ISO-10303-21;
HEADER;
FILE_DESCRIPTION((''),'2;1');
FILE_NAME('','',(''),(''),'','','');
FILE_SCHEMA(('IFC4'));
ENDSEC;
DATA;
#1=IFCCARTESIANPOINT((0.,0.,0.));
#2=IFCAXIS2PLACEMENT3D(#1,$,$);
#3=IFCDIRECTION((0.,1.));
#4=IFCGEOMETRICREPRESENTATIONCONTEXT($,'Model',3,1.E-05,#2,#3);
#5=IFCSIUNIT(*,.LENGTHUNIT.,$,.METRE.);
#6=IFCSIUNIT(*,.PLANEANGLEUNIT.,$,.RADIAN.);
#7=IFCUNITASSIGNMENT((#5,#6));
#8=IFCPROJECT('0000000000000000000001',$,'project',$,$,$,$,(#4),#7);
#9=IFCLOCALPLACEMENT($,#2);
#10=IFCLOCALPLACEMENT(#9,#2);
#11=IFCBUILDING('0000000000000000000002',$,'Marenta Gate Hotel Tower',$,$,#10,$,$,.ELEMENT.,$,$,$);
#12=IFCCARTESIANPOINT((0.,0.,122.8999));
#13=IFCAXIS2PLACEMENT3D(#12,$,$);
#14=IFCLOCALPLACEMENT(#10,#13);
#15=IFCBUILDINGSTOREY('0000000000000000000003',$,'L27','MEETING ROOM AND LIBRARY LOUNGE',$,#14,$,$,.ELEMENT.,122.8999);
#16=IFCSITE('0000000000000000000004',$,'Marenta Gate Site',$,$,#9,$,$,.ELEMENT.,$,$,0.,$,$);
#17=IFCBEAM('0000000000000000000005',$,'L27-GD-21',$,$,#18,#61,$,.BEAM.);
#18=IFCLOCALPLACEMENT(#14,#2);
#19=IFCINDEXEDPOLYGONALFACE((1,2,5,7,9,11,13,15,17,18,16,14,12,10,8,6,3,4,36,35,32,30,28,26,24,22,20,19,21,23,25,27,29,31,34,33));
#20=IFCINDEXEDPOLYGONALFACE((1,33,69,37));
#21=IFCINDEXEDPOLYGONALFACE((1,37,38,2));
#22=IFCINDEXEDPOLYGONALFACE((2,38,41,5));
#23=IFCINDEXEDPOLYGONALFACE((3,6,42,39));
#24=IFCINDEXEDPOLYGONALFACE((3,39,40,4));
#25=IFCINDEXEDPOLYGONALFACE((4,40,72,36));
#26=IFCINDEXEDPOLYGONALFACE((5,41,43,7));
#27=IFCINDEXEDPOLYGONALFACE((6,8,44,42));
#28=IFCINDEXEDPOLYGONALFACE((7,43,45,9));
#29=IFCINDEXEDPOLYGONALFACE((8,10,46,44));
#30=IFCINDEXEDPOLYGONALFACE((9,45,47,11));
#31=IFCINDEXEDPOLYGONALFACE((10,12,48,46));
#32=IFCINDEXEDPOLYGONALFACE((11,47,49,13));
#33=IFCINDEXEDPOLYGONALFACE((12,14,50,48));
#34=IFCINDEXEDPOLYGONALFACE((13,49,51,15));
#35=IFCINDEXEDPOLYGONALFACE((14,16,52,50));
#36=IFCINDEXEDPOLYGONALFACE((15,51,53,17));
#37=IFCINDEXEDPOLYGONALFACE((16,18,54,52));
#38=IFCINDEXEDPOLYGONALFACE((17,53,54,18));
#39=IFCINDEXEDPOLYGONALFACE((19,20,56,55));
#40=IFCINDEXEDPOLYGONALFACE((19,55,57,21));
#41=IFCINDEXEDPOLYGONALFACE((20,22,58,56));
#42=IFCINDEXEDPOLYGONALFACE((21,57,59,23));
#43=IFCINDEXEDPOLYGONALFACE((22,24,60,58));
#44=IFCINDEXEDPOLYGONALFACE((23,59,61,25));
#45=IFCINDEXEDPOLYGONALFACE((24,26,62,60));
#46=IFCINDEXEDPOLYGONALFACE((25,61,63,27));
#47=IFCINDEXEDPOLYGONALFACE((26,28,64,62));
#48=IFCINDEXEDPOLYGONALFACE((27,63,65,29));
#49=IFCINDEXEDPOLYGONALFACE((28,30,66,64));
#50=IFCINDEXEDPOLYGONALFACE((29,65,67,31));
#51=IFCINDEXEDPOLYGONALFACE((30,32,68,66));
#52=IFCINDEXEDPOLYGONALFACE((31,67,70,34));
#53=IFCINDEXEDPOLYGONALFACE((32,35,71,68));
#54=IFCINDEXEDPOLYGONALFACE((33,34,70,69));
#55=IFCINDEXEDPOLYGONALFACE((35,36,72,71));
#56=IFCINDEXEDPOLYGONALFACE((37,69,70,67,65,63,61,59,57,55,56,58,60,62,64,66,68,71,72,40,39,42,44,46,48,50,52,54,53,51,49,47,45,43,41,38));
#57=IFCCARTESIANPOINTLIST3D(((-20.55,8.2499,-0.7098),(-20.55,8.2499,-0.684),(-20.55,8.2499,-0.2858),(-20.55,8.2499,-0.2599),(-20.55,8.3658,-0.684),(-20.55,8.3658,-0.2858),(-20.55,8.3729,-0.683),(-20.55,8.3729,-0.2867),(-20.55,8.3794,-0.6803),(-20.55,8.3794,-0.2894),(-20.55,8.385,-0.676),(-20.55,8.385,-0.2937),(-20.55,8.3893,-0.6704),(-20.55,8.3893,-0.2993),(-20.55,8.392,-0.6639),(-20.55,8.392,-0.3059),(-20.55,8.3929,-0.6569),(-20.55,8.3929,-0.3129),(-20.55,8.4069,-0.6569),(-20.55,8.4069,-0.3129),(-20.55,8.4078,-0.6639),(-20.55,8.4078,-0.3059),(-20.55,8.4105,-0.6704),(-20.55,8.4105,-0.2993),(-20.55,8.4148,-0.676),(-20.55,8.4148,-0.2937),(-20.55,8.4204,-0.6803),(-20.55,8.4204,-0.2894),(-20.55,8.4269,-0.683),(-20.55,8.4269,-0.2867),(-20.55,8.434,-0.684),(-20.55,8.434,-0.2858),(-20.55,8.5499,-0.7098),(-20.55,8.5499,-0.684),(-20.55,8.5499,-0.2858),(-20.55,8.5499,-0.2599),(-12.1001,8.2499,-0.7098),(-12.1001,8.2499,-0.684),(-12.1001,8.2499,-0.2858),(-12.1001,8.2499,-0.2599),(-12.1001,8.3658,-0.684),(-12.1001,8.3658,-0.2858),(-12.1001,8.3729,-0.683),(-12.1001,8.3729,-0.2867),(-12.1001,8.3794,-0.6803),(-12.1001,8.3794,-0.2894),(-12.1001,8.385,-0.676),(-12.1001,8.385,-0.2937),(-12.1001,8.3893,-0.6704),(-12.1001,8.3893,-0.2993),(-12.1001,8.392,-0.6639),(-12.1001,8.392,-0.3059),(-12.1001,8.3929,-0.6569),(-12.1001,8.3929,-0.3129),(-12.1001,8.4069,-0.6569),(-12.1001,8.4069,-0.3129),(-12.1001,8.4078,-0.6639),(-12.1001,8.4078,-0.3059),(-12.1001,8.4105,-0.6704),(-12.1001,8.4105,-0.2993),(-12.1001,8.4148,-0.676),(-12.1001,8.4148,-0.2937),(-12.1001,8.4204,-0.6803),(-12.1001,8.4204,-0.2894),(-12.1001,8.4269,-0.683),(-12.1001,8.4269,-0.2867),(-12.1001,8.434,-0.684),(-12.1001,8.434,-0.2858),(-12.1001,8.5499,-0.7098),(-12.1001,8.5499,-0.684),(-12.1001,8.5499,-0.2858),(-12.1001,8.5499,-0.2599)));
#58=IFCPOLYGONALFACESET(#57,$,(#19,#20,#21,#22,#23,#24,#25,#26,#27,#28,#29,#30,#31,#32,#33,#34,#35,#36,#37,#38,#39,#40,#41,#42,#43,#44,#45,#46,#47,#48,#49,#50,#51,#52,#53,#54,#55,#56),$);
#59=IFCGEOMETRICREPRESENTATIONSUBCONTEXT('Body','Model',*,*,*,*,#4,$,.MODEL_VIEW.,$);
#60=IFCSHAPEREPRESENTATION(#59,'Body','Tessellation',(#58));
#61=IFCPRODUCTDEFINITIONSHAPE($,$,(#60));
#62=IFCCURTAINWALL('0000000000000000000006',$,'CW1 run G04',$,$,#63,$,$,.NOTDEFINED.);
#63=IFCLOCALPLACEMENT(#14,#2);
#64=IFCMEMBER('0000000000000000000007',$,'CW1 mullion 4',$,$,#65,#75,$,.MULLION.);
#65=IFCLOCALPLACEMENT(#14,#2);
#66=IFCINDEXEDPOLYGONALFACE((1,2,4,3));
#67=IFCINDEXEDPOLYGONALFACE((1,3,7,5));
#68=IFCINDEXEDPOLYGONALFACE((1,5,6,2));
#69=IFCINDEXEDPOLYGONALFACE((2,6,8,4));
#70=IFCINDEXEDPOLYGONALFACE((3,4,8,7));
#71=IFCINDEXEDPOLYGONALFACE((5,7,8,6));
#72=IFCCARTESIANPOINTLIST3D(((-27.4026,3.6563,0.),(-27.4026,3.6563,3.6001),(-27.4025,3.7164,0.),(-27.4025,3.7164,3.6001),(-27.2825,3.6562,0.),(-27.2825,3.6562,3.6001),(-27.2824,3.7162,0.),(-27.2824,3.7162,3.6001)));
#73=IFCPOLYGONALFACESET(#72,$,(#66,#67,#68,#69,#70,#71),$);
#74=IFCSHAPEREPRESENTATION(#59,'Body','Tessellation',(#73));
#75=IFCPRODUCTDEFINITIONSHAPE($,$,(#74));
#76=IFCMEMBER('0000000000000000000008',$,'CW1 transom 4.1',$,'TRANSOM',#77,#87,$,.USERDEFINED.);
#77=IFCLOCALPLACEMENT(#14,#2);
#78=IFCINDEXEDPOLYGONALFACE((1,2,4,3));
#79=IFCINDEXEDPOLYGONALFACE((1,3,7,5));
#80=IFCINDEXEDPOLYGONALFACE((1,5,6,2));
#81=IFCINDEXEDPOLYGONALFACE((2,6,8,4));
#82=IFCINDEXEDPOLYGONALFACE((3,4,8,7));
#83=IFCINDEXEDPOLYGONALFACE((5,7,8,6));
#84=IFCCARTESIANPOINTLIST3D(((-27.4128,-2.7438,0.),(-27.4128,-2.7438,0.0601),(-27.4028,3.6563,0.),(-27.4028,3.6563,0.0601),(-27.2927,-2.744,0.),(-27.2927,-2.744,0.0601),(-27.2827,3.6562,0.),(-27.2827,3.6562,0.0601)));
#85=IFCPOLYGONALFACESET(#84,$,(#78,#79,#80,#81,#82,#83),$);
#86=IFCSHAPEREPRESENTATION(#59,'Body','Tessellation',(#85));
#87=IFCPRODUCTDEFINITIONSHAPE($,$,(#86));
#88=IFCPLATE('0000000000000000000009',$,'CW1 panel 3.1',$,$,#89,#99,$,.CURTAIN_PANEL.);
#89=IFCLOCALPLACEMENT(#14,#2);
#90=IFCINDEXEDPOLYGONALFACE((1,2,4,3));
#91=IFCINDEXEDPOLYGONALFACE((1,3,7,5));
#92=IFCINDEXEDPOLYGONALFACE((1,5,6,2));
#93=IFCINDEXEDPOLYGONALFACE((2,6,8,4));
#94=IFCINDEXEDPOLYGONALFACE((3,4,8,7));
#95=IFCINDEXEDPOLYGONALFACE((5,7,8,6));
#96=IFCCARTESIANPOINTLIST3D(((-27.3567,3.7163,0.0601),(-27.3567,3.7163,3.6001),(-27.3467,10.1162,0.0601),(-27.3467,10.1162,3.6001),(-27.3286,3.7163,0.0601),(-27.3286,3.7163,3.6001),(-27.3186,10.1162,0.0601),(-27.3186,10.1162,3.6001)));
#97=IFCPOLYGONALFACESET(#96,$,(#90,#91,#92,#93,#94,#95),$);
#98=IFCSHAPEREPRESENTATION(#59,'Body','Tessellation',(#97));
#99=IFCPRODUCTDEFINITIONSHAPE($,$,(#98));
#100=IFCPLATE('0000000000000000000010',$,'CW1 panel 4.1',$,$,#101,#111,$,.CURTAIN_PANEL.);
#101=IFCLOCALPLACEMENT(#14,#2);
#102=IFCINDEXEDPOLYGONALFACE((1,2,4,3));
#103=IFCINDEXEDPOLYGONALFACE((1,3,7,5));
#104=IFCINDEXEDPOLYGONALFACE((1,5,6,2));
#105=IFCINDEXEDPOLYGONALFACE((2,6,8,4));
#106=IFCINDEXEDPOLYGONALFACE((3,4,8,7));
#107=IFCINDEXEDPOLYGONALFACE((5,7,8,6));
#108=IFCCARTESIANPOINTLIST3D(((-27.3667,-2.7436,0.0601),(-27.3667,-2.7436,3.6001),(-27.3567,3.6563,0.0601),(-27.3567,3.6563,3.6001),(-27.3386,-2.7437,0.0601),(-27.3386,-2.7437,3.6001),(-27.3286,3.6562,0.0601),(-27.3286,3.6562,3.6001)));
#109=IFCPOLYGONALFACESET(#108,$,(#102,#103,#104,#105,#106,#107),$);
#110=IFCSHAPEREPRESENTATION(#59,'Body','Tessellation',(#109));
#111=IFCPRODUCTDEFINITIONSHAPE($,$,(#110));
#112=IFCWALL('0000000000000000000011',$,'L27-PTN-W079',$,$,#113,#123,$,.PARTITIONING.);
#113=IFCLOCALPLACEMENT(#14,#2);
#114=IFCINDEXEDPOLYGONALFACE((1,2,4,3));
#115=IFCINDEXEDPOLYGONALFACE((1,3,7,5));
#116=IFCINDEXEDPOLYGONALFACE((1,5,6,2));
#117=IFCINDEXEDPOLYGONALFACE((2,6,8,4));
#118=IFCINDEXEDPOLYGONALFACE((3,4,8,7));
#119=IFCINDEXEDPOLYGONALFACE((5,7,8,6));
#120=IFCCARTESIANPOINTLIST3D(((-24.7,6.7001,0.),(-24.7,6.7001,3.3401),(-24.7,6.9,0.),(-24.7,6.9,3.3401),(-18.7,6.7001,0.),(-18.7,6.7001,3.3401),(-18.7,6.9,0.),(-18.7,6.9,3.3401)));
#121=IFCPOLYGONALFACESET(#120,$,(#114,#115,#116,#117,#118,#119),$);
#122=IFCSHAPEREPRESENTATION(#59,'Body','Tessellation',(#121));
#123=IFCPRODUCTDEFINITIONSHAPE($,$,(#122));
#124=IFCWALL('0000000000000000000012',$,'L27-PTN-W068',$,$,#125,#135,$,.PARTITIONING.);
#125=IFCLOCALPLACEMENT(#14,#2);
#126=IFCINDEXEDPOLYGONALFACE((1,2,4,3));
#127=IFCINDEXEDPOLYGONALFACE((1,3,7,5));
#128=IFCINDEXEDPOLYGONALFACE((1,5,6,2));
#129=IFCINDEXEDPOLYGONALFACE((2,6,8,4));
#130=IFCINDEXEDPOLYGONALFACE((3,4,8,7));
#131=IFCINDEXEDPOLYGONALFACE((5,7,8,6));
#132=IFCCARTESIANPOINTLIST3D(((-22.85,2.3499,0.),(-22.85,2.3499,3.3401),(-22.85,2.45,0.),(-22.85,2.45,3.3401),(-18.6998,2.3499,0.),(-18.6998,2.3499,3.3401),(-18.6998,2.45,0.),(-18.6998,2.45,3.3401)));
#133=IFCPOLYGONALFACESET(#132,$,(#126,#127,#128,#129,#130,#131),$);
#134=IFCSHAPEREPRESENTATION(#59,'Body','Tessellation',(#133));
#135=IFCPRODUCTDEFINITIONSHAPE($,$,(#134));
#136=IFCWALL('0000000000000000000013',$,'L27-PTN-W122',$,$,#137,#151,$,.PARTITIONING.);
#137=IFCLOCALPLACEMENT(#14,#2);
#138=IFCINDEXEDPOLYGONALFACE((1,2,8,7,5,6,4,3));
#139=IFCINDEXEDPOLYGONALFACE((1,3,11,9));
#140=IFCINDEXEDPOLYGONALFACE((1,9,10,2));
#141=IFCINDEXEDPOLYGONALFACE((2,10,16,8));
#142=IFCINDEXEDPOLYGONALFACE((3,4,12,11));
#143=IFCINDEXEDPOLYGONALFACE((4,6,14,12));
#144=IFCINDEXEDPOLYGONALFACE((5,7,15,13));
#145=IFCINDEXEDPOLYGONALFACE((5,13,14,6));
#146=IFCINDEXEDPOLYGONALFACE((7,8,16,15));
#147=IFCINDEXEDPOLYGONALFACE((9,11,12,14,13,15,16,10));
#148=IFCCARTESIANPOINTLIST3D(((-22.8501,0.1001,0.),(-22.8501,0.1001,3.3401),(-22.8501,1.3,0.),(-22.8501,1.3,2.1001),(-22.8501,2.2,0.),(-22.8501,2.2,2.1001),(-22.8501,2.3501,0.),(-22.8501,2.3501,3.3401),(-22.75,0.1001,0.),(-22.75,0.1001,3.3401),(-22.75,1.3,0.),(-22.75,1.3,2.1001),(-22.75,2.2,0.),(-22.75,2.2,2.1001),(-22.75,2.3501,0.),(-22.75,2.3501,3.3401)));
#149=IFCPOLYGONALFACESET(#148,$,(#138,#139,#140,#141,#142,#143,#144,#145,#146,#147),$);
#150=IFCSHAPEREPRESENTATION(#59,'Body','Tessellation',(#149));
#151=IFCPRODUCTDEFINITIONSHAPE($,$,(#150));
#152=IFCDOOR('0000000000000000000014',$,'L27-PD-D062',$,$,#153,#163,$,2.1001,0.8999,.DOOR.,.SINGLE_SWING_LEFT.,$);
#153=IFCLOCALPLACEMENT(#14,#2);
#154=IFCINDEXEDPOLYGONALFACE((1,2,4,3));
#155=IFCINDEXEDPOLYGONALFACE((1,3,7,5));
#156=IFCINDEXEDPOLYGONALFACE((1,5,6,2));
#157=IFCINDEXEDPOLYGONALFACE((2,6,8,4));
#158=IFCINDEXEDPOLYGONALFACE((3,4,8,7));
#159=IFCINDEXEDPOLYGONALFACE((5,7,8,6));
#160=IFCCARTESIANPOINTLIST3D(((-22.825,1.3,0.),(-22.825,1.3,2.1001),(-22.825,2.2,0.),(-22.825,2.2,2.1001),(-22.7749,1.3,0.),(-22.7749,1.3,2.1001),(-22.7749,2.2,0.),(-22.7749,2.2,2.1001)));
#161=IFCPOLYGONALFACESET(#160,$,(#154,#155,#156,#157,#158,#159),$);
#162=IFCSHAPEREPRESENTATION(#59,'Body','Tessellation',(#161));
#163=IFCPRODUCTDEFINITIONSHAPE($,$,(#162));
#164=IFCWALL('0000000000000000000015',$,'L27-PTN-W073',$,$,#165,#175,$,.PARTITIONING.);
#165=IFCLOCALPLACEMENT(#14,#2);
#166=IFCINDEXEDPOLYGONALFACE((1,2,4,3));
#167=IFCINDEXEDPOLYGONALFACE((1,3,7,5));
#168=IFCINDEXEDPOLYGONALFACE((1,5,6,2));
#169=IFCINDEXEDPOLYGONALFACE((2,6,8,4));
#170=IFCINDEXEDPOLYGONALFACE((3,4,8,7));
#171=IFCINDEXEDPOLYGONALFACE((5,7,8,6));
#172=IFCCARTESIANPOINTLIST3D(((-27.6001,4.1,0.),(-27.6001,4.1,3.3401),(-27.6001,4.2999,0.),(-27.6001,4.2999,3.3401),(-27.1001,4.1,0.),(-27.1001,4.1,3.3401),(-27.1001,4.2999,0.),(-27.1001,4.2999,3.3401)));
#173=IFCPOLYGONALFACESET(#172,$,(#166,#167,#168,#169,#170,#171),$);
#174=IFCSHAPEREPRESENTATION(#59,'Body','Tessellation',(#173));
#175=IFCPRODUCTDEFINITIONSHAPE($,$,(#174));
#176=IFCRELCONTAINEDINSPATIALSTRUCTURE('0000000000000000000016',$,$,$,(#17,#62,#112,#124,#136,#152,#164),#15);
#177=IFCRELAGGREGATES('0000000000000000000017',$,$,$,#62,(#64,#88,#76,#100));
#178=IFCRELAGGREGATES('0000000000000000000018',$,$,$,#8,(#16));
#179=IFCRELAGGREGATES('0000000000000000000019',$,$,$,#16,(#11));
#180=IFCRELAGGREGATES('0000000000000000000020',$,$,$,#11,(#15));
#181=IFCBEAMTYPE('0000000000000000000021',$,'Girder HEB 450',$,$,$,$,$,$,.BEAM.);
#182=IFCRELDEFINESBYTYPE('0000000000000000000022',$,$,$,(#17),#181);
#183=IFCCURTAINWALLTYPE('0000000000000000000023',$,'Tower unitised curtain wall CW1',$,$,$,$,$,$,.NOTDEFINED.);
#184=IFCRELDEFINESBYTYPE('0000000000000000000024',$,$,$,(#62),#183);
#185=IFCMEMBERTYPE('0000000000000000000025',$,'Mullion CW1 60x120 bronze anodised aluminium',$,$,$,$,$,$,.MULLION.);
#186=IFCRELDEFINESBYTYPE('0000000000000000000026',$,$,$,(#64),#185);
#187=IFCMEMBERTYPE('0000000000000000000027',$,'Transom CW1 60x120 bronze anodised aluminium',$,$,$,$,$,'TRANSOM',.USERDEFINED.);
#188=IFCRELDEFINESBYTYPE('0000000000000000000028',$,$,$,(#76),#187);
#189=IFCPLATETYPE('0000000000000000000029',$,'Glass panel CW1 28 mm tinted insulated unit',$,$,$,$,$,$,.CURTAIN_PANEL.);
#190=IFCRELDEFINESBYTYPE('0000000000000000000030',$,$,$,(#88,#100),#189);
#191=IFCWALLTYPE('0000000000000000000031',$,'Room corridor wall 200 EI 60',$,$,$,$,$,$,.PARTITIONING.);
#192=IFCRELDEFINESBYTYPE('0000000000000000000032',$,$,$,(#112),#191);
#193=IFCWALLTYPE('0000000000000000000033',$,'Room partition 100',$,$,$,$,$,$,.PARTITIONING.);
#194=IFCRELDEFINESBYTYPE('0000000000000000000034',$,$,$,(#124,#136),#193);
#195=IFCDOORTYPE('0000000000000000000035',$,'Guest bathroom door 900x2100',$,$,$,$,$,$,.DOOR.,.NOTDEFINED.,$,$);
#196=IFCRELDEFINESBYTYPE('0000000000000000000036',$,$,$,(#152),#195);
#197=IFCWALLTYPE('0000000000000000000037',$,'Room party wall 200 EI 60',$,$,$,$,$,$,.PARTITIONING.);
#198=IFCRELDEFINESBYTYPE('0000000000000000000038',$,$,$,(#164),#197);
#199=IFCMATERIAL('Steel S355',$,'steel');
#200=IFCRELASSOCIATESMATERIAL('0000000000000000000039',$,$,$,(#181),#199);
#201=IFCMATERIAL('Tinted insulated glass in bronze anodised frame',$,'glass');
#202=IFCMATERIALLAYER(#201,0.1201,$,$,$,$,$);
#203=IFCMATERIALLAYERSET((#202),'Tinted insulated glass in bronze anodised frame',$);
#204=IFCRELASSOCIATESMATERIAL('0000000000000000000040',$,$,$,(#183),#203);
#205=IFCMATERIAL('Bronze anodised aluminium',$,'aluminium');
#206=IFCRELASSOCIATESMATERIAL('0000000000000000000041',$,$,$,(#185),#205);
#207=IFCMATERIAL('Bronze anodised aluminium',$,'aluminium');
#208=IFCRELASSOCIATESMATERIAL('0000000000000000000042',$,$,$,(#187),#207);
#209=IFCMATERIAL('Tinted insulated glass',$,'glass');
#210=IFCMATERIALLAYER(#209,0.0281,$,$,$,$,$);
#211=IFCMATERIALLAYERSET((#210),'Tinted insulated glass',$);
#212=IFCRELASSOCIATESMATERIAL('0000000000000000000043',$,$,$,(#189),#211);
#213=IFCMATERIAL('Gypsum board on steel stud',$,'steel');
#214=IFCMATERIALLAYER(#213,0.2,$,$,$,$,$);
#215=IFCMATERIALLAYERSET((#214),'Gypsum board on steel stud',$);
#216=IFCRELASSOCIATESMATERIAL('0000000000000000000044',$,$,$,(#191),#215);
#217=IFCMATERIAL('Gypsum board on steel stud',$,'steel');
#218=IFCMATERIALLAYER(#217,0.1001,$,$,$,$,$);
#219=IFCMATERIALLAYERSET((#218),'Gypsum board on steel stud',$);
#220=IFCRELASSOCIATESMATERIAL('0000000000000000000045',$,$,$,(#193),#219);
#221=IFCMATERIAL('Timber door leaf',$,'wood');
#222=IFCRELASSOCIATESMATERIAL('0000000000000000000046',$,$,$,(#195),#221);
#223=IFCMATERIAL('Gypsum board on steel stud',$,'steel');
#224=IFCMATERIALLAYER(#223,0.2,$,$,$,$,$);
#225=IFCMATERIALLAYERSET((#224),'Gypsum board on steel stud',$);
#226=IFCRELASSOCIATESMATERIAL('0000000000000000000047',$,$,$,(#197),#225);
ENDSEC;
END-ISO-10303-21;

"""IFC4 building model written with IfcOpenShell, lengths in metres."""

from ifc_helpers import new_model, si_unit, direction, frame, frame_2d, origin, origin_2d, place, context, subcontext, project, spatial, rectangle, i_section, extrude, material, layer, layer_set, material_profile, profile_set, type_object, element, fill, aggregate, save


model = new_model("IFC4")

# Units and contexts
model_context = context("Model", 3, precision=1e-05, world=origin(), true_north=direction((0.0, 1.0)))
body_context = subcontext(model_context, "Body", "Model", "MODEL_VIEW")
ifc_project = project(units=[si_unit("LENGTHUNIT", "METRE"), si_unit("PLANEANGLEUNIT", "RADIAN")], contexts=[model_context])

# Site, building, storey
site_placement = place(None, origin())
site = spatial("IfcSite", under=ifc_project, at=site_placement, Name="Marenta Gate Site", CompositionType="ELEMENT", RefElevation=0.0)
building_placement = place(site_placement, origin())
building = spatial("IfcBuilding", under=site, at=building_placement, Name="Marenta Gate Hotel Tower", CompositionType="ELEMENT")
storey_placement = place(building_placement, frame((0.0, 0.0, 122.8999)))
storey = spatial("IfcBuildingStorey", under=building, at=storey_placement, Name="L27", Description="MEETING ROOM AND LIBRARY LOUNGE", CompositionType="ELEMENT", Elevation=122.8999)

# Beam
ifc_material_1 = material(Name="Steel S355", Category="steel")
ifc_material_profile_1 = material_profile(ifc_material_1, i_section(OverallWidth=0.3, OverallDepth=0.45, WebThickness=0.0139, FlangeThickness=0.0259, FilletRadius=0.0271, at=origin_2d()), Name="HEB 450")
ifc_profile_set_1 = profile_set([ifc_material_profile_1], Name="Steel S355")
beam_type_1 = type_object("IfcBeamType", Name="Girder HEB 450", PredefinedType="BEAM", material=ifc_profile_set_1)
beam_1_placement = place(storey_placement, frame((-20.55, 8.3999, -0.4849), z_axis=(1.0, 0.0, 0.0), x_axis=(0.0, 1.0, 0.0)))
element("IfcBeam", 1, at=beam_1_placement, inside=storey, type_object=beam_type_1, Name="L27-GD-21", PredefinedType="BEAM", context=body_context, shape_type="SweptSolid", body=[
    extrude(i_section(OverallWidth=0.3, OverallDepth=0.45, WebThickness=0.0139, FlangeThickness=0.0259, FilletRadius=0.0271, at=origin_2d()), origin(), (0.0, 0.0, 1.0), 8.45),
])

# Curtain wall, members, plates
ifc_material_2 = material(Name="Tinted insulated glass in bronze anodised frame", Category="glass")
ifc_layer_1 = layer(ifc_material_2, 0.1201)
ifc_layer_set_1 = layer_set([ifc_layer_1], Name="Tinted insulated glass in bronze anodised frame")
curtain_wall_type = type_object("IfcCurtainWallType", Name="Tower unitised curtain wall CW1", PredefinedType="NOTDEFINED", material=ifc_layer_set_1)
curtain_wall_placement = place(storey_placement, origin())
curtain_wall = element("IfcCurtainWall", 2, at=curtain_wall_placement, inside=storey, type_object=curtain_wall_type, Name="CW1 run G04", PredefinedType="NOTDEFINED")
ifc_material_3 = material(Name="Bronze anodised aluminium", Category="aluminium")
ifc_material_profile_2 = material_profile(ifc_material_3, rectangle(XDim=0.1201, YDim=0.0601, at=origin_2d()), Name="Mullion CW1 60x120 bronze anodised aluminium")
ifc_profile_set_2 = profile_set([ifc_material_profile_2], Name="Bronze anodised aluminium")
member_type_1 = type_object("IfcMemberType", Name="Mullion CW1 60x120 bronze anodised aluminium", PredefinedType="MULLION", material=ifc_profile_set_2)
member_1_placement = place(storey_placement, frame((-27.3425, 3.6863, 0.0), z_axis=(0.0, 0.0, 1.0), x_axis=(0.999999, -0.001566, 0.0)))
member_1 = element("IfcMember", 3, at=member_1_placement, type_object=member_type_1, Name="CW1 mullion 4", PredefinedType="MULLION", context=body_context, shape_type="SweptSolid", body=[
    extrude(rectangle(XDim=0.1201, YDim=0.0601, at=origin_2d()), origin(), (0.0, 0.0, 1.0), 3.6001),
])
ifc_material_4 = material(Name="Bronze anodised aluminium", Category="aluminium")
ifc_material_profile_3 = material_profile(ifc_material_4, rectangle(XDim=0.1201, YDim=0.0601, at=origin_2d()), Name="Transom CW1 60x120 bronze anodised aluminium")
ifc_profile_set_3 = profile_set([ifc_material_profile_3], Name="Bronze anodised aluminium")
member_type_2 = type_object("IfcMemberType", Name="Transom CW1 60x120 bronze anodised aluminium", ElementType="TRANSOM", PredefinedType="USERDEFINED", material=ifc_profile_set_3)
member_2_placement = place(storey_placement, frame((-27.3428, 3.6562, 0.03), z_axis=(-0.001564, -0.999999, 0.0), x_axis=(0.999999, -0.001564, 0.0)))
member_2 = element("IfcMember", 4, at=member_2_placement, type_object=member_type_2, Name="CW1 transom 4.1", ObjectType="TRANSOM", PredefinedType="USERDEFINED", context=body_context, shape_type="SweptSolid", body=[
    extrude(rectangle(XDim=0.1201, YDim=0.0601, at=origin_2d()), origin(), (0.0, 0.0, 1.0), 6.4001),
])
ifc_material_5 = material(Name="Tinted insulated glass", Category="glass")
ifc_layer_2 = layer(ifc_material_5, 0.0281)
ifc_layer_set_2 = layer_set([ifc_layer_2], Name="Tinted insulated glass")
plate_type = type_object("IfcPlateType", Name="Glass panel CW1 28 mm tinted insulated unit", PredefinedType="CURTAIN_PANEL", material=ifc_layer_set_2)
plate_1_placement = place(storey_placement, frame((-27.3376, 6.9163, 0.0601), z_axis=(0.0, 0.0, 1.0), x_axis=(-0.001566, -0.999999, 0.0)))
plate_1 = element("IfcPlate", 5, at=plate_1_placement, type_object=plate_type, Name="CW1 panel 3.1", PredefinedType="CURTAIN_PANEL", context=body_context, shape_type="SweptSolid", body=[
    extrude(rectangle(XDim=6.3999, YDim=0.0281, at=origin_2d()), origin(), (0.0, 0.0, 1.0), 3.54),
])
plate_2_placement = place(storey_placement, frame((-27.3477, 0.4563, 0.0601), z_axis=(0.0, 0.0, 1.0), x_axis=(-0.001566, -0.999999, 0.0)))
plate_2 = element("IfcPlate", 6, at=plate_2_placement, type_object=plate_type, Name="CW1 panel 4.1", PredefinedType="CURTAIN_PANEL", context=body_context, shape_type="SweptSolid", body=[
    extrude(rectangle(XDim=6.3999, YDim=0.0281, at=origin_2d()), origin(), (0.0, 0.0, 1.0), 3.54),
])
aggregate(curtain_wall, [member_1, plate_1, member_2, plate_2])

# Wall
ifc_material_6 = material(Name="Gypsum board on steel stud", Category="steel")
ifc_layer_3 = layer(ifc_material_6, 0.2)
ifc_layer_set_3 = layer_set([ifc_layer_3], Name="Gypsum board on steel stud")
wall_type_1 = type_object("IfcWallType", Name="Room corridor wall 200 EI 60", PredefinedType="PARTITIONING", material=ifc_layer_set_3)
wall_1_placement = place(storey_placement, frame((-24.7, 6.8, 0.0), z_axis=(0.0, 0.0, 1.0), x_axis=(1.0, 0.0, 0.0)))
element("IfcWall", 7, at=wall_1_placement, inside=storey, type_object=wall_type_1, Name="L27-PTN-W079", PredefinedType="PARTITIONING", context=body_context, shape_type="SweptSolid", body=[
    extrude(rectangle(XDim=6.0, YDim=0.2, at=frame_2d((3.0, 0.0))), origin(), (0.0, 0.0, 1.0), 3.3401),
])

# Wall
ifc_material_7 = material(Name="Gypsum board on steel stud", Category="steel")
ifc_layer_4 = layer(ifc_material_7, 0.1001)
ifc_layer_set_4 = layer_set([ifc_layer_4], Name="Gypsum board on steel stud")
wall_type_2 = type_object("IfcWallType", Name="Room partition 100", PredefinedType="PARTITIONING", material=ifc_layer_set_4)
wall_2_placement = place(storey_placement, frame((-22.8501, 2.3999, 0.0), z_axis=(0.0, 0.0, 1.0), x_axis=(1.0, 0.0, 0.0)))
element("IfcWall", 8, at=wall_2_placement, inside=storey, type_object=wall_type_2, Name="L27-PTN-W068", PredefinedType="PARTITIONING", context=body_context, shape_type="SweptSolid", body=[
    extrude(rectangle(XDim=4.1501, YDim=0.1001, at=frame_2d((2.0752, 0.0))), origin(), (0.0, 0.0, 1.0), 3.3401),
])

# Wall, opening, door
wall_3_placement = place(storey_placement, frame((-22.8, 0.1001, 0.0), z_axis=(0.0, 0.0, 1.0), x_axis=(0.0, 1.0, 0.0)))
wall_3 = element("IfcWall", 9, at=wall_3_placement, inside=storey, type_object=wall_type_2, Name="L27-PTN-W122", PredefinedType="PARTITIONING", context=body_context, shape_type="SweptSolid", body=[
    extrude(rectangle(XDim=2.25, YDim=0.1001, at=frame_2d((1.125, 0.0))), origin(), (0.0, 0.0, 1.0), 3.3401),
])
opening_1_placement = place(wall_3_placement, frame((1.2, 0.0, 0.0)))
opening_1 = element("IfcOpeningElement", 10, at=opening_1_placement, cuts=wall_3, PredefinedType="OPENING", context=body_context, shape_type="SweptSolid", body=[
    extrude(rectangle(XDim=0.8999, YDim=2.1001, at=frame_2d((0.45, 1.05))), frame((0.0, 0.05, 0.0), z_axis=(0.0, -1.0, 0.0), x_axis=(1.0, 0.0, 0.0)), (0.0, 0.0, 1.0), 0.1001),
])
ifc_material_8 = material(Name="Timber door leaf", Category="wood")
door_type_1 = type_object("IfcDoorType", Name="Guest bathroom door 900x2100", OperationType="NOTDEFINED", PredefinedType="DOOR", material=ifc_material_8)
door_1_placement = place(opening_1_placement, origin())
door_1 = element("IfcDoor", 11, at=door_1_placement, inside=storey, type_object=door_type_1, Name="L27-PD-D062", OperationType="SINGLE_SWING_LEFT", OverallHeight=2.1001, OverallWidth=0.8999, PredefinedType="DOOR", context=body_context, shape_type="SweptSolid", body=[
    extrude(rectangle(XDim=0.8999, YDim=2.1001, at=frame_2d((0.45, 1.05))), frame((0.0, 0.0249, 0.0), z_axis=(0.0, -1.0, 0.0), x_axis=(1.0, 0.0, 0.0)), (0.0, 0.0, 1.0), 0.05),
])
fill(opening_1, door_1)

# Wall
ifc_material_9 = material(Name="Gypsum board on steel stud", Category="steel")
ifc_layer_5 = layer(ifc_material_9, 0.2)
ifc_layer_set_5 = layer_set([ifc_layer_5], Name="Gypsum board on steel stud")
wall_type_3 = type_object("IfcWallType", Name="Room party wall 200 EI 60", PredefinedType="PARTITIONING", material=ifc_layer_set_5)
wall_4_placement = place(storey_placement, frame((-27.6001, 4.2, 0.0), z_axis=(0.0, 0.0, 1.0), x_axis=(1.0, 0.0, 0.0)))
element("IfcWall", 12, at=wall_4_placement, inside=storey, type_object=wall_type_3, Name="L27-PTN-W073", PredefinedType="PARTITIONING", context=body_context, shape_type="SweptSolid", body=[
    extrude(rectangle(XDim=0.5, YDim=0.2, at=frame_2d((0.25, 0.0))), origin(), (0.0, 0.0, 1.0), 3.3401),
])

save(model, "model.ifc")
